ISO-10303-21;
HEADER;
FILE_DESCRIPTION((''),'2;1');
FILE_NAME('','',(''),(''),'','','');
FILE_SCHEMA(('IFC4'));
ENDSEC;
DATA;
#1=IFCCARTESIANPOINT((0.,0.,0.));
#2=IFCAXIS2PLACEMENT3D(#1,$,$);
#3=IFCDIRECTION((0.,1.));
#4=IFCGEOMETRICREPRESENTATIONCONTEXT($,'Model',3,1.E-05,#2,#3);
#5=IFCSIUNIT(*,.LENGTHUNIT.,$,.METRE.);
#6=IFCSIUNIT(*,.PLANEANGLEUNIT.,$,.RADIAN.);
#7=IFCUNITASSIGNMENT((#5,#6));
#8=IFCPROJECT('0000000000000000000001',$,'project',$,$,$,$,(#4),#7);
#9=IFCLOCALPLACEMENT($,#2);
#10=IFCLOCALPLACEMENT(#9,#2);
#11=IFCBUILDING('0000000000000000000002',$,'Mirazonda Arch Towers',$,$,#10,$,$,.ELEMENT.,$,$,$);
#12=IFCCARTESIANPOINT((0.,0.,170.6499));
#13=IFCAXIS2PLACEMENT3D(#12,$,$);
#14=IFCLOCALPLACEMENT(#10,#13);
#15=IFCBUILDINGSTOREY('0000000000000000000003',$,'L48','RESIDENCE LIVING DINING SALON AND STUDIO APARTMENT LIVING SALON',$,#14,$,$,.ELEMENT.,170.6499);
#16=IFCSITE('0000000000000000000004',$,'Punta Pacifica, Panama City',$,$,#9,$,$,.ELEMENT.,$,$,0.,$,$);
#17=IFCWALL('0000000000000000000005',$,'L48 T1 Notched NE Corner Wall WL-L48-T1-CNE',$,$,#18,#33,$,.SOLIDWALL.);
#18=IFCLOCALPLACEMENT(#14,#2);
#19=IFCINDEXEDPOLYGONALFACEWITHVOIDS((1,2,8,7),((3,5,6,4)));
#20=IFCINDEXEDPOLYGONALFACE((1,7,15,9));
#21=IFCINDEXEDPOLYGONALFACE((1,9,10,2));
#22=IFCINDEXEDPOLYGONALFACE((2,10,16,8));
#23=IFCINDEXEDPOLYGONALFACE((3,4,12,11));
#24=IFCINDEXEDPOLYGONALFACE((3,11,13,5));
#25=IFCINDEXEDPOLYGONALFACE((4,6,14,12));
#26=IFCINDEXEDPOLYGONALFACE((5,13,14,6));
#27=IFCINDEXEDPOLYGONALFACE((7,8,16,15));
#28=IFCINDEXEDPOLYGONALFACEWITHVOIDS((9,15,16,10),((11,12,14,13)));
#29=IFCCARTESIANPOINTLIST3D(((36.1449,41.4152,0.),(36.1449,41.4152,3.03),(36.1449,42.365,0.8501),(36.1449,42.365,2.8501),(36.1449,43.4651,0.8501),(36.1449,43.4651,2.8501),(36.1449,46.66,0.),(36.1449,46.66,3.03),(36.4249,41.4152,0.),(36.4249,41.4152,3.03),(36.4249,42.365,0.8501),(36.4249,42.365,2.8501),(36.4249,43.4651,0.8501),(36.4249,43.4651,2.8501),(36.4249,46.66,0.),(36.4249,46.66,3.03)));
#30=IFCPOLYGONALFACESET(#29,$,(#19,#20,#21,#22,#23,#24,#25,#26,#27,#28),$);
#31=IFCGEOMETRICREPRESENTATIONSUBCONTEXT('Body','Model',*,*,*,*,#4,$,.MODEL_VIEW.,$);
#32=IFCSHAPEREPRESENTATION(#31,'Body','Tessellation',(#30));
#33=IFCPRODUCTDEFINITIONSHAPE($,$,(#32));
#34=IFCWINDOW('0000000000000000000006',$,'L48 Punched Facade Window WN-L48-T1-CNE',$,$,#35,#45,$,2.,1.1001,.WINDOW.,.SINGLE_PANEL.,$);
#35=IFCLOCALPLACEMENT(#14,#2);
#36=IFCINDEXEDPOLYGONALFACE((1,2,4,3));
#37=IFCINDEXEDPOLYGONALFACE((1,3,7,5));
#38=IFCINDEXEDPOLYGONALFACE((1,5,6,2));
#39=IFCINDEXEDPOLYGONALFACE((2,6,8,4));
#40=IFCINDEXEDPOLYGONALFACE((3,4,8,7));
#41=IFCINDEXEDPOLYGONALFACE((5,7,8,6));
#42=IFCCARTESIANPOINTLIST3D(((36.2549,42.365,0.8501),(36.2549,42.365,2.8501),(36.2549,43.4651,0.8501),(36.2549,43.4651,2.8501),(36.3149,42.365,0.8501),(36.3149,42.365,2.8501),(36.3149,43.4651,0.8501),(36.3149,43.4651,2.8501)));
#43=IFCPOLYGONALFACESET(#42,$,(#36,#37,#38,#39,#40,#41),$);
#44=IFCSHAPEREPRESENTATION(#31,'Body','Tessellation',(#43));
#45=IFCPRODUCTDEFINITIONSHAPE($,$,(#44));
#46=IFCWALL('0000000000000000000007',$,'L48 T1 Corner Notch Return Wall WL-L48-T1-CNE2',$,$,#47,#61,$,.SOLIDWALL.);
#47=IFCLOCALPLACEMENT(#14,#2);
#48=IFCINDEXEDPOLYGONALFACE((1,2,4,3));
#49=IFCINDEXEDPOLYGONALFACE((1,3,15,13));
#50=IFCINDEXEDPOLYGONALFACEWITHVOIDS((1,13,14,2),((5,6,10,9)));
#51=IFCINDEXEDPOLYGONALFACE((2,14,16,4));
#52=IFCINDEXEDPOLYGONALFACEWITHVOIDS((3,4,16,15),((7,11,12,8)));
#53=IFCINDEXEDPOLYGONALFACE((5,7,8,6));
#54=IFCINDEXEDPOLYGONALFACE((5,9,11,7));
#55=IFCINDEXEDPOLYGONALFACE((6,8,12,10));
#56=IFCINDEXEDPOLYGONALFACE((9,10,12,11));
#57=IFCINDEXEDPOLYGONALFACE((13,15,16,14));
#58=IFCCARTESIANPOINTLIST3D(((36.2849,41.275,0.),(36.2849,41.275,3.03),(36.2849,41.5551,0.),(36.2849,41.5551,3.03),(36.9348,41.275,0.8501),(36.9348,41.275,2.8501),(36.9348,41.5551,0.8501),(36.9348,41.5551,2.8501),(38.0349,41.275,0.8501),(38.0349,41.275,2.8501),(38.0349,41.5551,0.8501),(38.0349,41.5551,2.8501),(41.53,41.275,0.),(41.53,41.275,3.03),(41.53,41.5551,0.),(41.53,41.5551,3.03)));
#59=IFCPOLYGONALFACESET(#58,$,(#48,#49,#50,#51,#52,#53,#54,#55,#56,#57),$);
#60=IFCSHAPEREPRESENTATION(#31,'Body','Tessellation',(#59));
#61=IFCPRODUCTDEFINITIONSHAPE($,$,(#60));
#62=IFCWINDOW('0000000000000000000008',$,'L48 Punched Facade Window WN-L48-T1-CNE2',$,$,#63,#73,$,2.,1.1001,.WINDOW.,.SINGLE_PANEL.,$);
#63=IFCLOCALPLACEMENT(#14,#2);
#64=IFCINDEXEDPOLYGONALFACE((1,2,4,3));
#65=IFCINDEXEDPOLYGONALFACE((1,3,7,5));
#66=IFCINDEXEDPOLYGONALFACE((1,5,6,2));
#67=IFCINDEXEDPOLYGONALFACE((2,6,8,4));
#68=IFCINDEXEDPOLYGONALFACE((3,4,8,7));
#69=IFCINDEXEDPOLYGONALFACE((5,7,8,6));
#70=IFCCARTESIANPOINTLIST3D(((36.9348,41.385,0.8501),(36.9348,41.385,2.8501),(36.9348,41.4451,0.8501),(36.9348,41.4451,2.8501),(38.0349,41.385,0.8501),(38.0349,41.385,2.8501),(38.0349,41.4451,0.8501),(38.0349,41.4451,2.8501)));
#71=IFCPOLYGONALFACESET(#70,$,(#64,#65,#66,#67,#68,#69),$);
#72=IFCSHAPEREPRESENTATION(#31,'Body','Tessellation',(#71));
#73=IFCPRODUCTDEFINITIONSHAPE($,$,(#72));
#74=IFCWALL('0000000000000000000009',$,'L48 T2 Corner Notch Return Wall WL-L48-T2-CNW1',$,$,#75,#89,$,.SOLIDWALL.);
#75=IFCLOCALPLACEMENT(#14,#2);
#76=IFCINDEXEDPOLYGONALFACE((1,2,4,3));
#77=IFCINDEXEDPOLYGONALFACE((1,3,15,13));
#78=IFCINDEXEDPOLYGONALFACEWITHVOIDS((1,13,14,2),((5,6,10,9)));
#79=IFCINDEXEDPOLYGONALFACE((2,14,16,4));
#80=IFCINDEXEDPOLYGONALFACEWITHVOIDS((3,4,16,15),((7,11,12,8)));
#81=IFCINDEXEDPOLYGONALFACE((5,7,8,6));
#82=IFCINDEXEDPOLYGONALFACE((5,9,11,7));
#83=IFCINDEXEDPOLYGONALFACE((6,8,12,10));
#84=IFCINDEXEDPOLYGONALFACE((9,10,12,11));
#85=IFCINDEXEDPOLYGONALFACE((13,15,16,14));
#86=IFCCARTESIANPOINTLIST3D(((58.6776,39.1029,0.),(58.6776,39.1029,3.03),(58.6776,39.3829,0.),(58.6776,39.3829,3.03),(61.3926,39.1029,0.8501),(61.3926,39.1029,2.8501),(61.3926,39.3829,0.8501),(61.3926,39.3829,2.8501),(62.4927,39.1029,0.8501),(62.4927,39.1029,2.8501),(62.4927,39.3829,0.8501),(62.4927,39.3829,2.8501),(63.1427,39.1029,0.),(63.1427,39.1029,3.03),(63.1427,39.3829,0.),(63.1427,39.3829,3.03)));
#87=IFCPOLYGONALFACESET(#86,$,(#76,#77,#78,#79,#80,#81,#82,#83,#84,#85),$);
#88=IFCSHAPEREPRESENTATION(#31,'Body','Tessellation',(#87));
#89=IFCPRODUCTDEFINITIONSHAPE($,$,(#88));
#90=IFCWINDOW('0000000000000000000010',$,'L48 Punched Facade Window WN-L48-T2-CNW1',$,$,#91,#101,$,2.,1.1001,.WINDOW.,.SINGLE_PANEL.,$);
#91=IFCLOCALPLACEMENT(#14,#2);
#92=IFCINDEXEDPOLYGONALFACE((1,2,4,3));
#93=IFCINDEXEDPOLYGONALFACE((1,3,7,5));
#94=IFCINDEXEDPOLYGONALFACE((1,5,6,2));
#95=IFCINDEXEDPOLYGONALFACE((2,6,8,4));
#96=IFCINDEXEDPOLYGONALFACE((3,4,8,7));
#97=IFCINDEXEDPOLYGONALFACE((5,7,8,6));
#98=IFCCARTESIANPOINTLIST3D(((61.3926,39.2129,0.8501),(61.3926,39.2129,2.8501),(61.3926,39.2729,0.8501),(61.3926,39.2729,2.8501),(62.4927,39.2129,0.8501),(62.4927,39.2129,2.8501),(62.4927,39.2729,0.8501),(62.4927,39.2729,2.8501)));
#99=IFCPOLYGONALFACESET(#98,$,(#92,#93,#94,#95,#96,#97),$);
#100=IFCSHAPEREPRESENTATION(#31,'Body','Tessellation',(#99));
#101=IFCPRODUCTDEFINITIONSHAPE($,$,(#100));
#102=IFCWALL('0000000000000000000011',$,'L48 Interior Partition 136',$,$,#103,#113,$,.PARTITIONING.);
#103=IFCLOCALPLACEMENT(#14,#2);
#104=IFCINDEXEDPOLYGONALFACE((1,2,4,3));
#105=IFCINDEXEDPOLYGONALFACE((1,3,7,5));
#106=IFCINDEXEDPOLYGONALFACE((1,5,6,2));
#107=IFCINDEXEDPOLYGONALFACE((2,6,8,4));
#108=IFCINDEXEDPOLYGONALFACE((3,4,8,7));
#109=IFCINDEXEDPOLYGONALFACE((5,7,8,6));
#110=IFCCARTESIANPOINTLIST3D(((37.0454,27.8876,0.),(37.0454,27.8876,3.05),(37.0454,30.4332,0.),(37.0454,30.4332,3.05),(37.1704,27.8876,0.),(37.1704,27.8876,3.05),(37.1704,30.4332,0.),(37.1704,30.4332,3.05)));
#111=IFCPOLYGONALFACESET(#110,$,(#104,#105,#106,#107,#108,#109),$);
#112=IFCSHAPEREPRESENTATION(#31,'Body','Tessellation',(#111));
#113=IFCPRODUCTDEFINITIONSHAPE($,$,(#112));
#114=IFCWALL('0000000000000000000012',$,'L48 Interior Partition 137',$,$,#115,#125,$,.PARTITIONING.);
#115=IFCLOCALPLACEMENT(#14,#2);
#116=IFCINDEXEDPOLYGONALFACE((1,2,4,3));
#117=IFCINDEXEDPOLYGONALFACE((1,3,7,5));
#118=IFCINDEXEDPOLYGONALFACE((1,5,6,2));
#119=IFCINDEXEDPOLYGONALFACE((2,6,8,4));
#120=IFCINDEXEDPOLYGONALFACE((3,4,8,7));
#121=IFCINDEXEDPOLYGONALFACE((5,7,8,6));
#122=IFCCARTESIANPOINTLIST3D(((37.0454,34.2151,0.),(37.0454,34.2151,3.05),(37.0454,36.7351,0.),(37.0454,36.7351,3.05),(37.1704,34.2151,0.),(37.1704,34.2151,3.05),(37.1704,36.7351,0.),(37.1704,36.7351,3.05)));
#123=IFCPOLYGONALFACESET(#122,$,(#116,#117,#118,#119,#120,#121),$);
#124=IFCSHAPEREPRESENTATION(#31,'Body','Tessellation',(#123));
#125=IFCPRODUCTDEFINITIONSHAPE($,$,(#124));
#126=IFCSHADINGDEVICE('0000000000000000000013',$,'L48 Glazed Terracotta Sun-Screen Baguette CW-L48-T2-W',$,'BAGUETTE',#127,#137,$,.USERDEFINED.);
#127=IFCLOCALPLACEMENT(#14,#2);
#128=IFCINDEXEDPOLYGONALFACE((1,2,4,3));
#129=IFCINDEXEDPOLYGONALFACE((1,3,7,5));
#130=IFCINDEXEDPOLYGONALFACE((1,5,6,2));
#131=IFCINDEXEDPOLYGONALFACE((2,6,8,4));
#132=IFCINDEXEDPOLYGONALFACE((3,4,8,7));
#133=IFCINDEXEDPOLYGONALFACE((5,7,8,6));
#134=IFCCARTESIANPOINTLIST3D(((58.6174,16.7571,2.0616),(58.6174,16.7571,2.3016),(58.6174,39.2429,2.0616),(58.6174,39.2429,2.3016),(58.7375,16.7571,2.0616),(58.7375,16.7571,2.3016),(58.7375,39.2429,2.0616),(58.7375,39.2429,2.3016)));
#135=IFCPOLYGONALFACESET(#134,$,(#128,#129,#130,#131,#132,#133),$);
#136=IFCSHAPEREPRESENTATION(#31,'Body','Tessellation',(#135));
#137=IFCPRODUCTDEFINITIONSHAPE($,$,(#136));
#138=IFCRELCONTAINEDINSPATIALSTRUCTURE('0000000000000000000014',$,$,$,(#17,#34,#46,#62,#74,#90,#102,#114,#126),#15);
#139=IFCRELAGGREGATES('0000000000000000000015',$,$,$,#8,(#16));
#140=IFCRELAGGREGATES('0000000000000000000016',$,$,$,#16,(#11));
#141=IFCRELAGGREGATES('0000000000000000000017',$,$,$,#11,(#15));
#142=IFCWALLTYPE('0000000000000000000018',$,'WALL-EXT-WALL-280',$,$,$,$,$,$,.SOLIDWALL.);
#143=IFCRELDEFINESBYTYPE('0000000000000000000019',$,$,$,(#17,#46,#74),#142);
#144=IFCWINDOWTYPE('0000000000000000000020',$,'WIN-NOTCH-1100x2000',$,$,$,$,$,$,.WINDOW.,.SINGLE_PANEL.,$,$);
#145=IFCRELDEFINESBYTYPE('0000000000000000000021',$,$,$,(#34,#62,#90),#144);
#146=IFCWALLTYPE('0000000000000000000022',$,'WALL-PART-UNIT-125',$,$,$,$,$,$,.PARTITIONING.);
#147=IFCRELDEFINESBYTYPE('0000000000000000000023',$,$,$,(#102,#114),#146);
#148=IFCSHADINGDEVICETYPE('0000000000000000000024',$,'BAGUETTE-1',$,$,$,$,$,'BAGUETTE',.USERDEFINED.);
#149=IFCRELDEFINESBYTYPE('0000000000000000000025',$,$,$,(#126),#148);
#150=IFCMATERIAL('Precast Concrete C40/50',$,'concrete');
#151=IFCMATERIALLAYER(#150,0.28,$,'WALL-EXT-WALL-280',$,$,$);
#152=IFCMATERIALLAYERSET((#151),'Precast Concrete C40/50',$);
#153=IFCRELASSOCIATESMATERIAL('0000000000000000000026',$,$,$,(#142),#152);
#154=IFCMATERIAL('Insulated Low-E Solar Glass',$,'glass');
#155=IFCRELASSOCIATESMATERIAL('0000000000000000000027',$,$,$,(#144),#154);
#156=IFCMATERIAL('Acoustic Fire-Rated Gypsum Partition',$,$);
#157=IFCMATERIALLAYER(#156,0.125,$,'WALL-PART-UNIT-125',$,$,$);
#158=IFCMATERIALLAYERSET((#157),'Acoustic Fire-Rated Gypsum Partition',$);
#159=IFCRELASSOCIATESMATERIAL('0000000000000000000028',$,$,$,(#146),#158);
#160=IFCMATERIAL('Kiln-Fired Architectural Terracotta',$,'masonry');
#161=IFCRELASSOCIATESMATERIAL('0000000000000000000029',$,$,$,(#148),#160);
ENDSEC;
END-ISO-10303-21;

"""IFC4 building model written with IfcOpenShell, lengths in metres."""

from ifc_helpers import new_model, si_unit, direction, frame, frame_2d, origin, origin_2d, place, context, subcontext, project, spatial, rectangle, extrude, material, layer, layer_set, material_profile, profile_set, type_object, element, fill, save


model = new_model("IFC4")

# Units and contexts
model_context = context("Model", 3, precision=1e-05, world=origin(), true_north=direction((0.0, 1.0)))
body_context = subcontext(model_context, "Body", "Model", "MODEL_VIEW")
ifc_project = project(units=[si_unit("LENGTHUNIT", "METRE"), si_unit("PLANEANGLEUNIT", "RADIAN")], contexts=[model_context])

# Site, building, storey
site_placement = place(None, origin())
site = spatial("IfcSite", under=ifc_project, at=site_placement, Name="Punta Pacifica, Panama City", CompositionType="ELEMENT", RefElevation=0.0)
building_placement = place(site_placement, origin())
building = spatial("IfcBuilding", under=site, at=building_placement, Name="Mirazonda Arch Towers", CompositionType="ELEMENT")
storey_placement = place(building_placement, frame((0.0, 0.0, 170.6499)))
storey = spatial("IfcBuildingStorey", under=building, at=storey_placement, Name="L48", Description="RESIDENCE LIVING DINING SALON AND STUDIO APARTMENT LIVING SALON", CompositionType="ELEMENT", Elevation=170.6499)

# Shared definitions
ifc_material_1 = material(Name="Insulated Low-E Solar Glass", Category="glass")

# Walls, openings, windows
ifc_material_2 = material(Name="Precast Concrete C40/50", Category="concrete")
ifc_layer_1 = layer(ifc_material_2, 0.28, Name="WALL-EXT-WALL-280")
ifc_layer_set_1 = layer_set([ifc_layer_1], Name="Precast Concrete C40/50")
wall_type_1 = type_object("IfcWallType", Name="WALL-EXT-WALL-280", PredefinedType="SOLIDWALL", material=ifc_layer_set_1)
wall_1_placement = place(storey_placement, frame((36.2849, 41.415, 0.0), z_axis=(0.0, 0.0, 1.0), x_axis=(0.0, 1.0, 0.0)))
wall_1 = element("IfcWall", 1, at=wall_1_placement, inside=storey, type_object=wall_type_1, Name="L48 T1 Notched NE Corner Wall WL-L48-T1-CNE", PredefinedType="SOLIDWALL", context=body_context, shape_type="SweptSolid", body=[
    extrude(rectangle(XDim=5.2449, YDim=0.28, at=frame_2d((2.6226, 0.0))), origin(), (0.0, 0.0, 1.0), 3.03),
])
opening_1_placement = place(wall_1_placement, frame((0.95, 0.0, 0.8501)))
opening_1 = element("IfcOpeningElement", 2, at=opening_1_placement, cuts=wall_1, PredefinedType="OPENING", context=body_context, shape_type="SweptSolid", body=[
    extrude(rectangle(XDim=1.1001, YDim=2.0, at=frame_2d((0.55, 1.0))), frame((0.0, 0.1499, 0.0), z_axis=(0.0, -1.0, 0.0), x_axis=(1.0, 0.0, 0.0)), (0.0, 0.0, 1.0), 0.3),
])
window_type = type_object("IfcWindowType", Name="WIN-NOTCH-1100x2000", PartitioningType="SINGLE_PANEL", PredefinedType="WINDOW", material=ifc_material_1)
window_1_placement = place(opening_1_placement, origin())
window_1 = element("IfcWindow", 3, at=window_1_placement, inside=storey, type_object=window_type, Name="L48 Punched Facade Window WN-L48-T1-CNE", OverallHeight=2.0, OverallWidth=1.1001, PartitioningType="SINGLE_PANEL", PredefinedType="WINDOW", context=body_context, shape_type="SweptSolid", body=[
    extrude(rectangle(XDim=1.1001, YDim=2.0, at=frame_2d((0.55, 1.0))), frame((0.0, 0.03, 0.0), z_axis=(0.0, -1.0, 0.0), x_axis=(1.0, 0.0, 0.0)), (0.0, 0.0, 1.0), 0.0601),
])
fill(opening_1, window_1)
wall_2_placement = place(storey_placement, frame((41.53, 41.415, 0.0), z_axis=(0.0, 0.0, 1.0), x_axis=(-1.0, 0.0, 0.0)))
wall_2 = element("IfcWall", 4, at=wall_2_placement, inside=storey, type_object=wall_type_1, Name="L48 T1 Corner Notch Return Wall WL-L48-T1-CNE2", PredefinedType="SOLIDWALL", context=body_context, shape_type="SweptSolid", body=[
    extrude(rectangle(XDim=5.2451, YDim=0.28, at=frame_2d((2.6226, 0.0))), origin(), (0.0, 0.0, 1.0), 3.03),
])
opening_2_placement = place(wall_2_placement, frame((3.4951, 0.0, 0.8501)))
opening_2 = element("IfcOpeningElement", 5, at=opening_2_placement, cuts=wall_2, PredefinedType="OPENING", context=body_context, shape_type="SweptSolid", body=[
    extrude(rectangle(XDim=1.1001, YDim=2.0, at=frame_2d((0.55, 1.0))), frame((0.0, 0.1499, 0.0), z_axis=(0.0, -1.0, 0.0), x_axis=(1.0, 0.0, 0.0)), (0.0, 0.0, 1.0), 0.3),
])
window_2_placement = place(opening_2_placement, origin())
window_2 = element("IfcWindow", 6, at=window_2_placement, inside=storey, type_object=window_type, Name="L48 Punched Facade Window WN-L48-T1-CNE2", OverallHeight=2.0, OverallWidth=1.1001, PartitioningType="SINGLE_PANEL", PredefinedType="WINDOW", context=body_context, shape_type="SweptSolid", body=[
    extrude(rectangle(XDim=1.1001, YDim=2.0, at=frame_2d((0.55, 1.0))), frame((0.0, 0.03, 0.0), z_axis=(0.0, -1.0, 0.0), x_axis=(1.0, 0.0, 0.0)), (0.0, 0.0, 1.0), 0.0601),
])
fill(opening_2, window_2)
wall_3_placement = place(storey_placement, frame((63.1426, 39.2429, 0.0), z_axis=(0.0, 0.0, 1.0), x_axis=(-1.0, 0.0, 0.0)))
wall_3 = element("IfcWall", 7, at=wall_3_placement, inside=storey, type_object=wall_type_1, Name="L48 T2 Corner Notch Return Wall WL-L48-T2-CNW1", PredefinedType="SOLIDWALL", context=body_context, shape_type="SweptSolid", body=[
    extrude(rectangle(XDim=4.4651, YDim=0.28, at=frame_2d((2.2324, 0.0))), origin(), (0.0, 0.0, 1.0), 3.03),
])
opening_3_placement = place(wall_3_placement, frame((0.6499, 0.0, 0.8501)))
opening_3 = element("IfcOpeningElement", 8, at=opening_3_placement, cuts=wall_3, PredefinedType="OPENING", context=body_context, shape_type="SweptSolid", body=[
    extrude(rectangle(XDim=1.1001, YDim=2.0, at=frame_2d((0.55, 1.0))), frame((0.0, 0.1499, 0.0), z_axis=(0.0, -1.0, 0.0), x_axis=(1.0, 0.0, 0.0)), (0.0, 0.0, 1.0), 0.3),
])
window_3_placement = place(opening_3_placement, origin())
window_3 = element("IfcWindow", 9, at=window_3_placement, inside=storey, type_object=window_type, Name="L48 Punched Facade Window WN-L48-T2-CNW1", OverallHeight=2.0, OverallWidth=1.1001, PartitioningType="SINGLE_PANEL", PredefinedType="WINDOW", context=body_context, shape_type="SweptSolid", body=[
    extrude(rectangle(XDim=1.1001, YDim=2.0, at=frame_2d((0.55, 1.0))), frame((0.0, 0.03, 0.0), z_axis=(0.0, -1.0, 0.0), x_axis=(1.0, 0.0, 0.0)), (0.0, 0.0, 1.0), 0.0601),
])
fill(opening_3, window_3)

# Walls
ifc_material_3 = material(Name="Acoustic Fire-Rated Gypsum Partition")
ifc_layer_2 = layer(ifc_material_3, 0.125, Name="WALL-PART-UNIT-125")
ifc_layer_set_2 = layer_set([ifc_layer_2], Name="Acoustic Fire-Rated Gypsum Partition")
wall_type_2 = type_object("IfcWallType", Name="WALL-PART-UNIT-125", PredefinedType="PARTITIONING", material=ifc_layer_set_2)
wall_4_placement = place(storey_placement, frame((37.1079, 27.8875, 0.0), z_axis=(0.0, 0.0, 1.0), x_axis=(0.0, 1.0, 0.0)))
element("IfcWall", 10, at=wall_4_placement, inside=storey, type_object=wall_type_2, Name="L48 Interior Partition 136", PredefinedType="PARTITIONING", context=body_context, shape_type="SweptSolid", body=[
    extrude(rectangle(XDim=2.5457, YDim=0.125, at=frame_2d((1.2729, 0.0))), origin(), (0.0, 0.0, 1.0), 3.05),
])
wall_5_placement = place(storey_placement, frame((37.1079, 34.2151, 0.0), z_axis=(0.0, 0.0, 1.0), x_axis=(0.0, 1.0, 0.0)))
element("IfcWall", 11, at=wall_5_placement, inside=storey, type_object=wall_type_2, Name="L48 Interior Partition 137", PredefinedType="PARTITIONING", context=body_context, shape_type="SweptSolid", body=[
    extrude(rectangle(XDim=2.52, YDim=0.125, at=frame_2d((1.26, 0.0))), origin(), (0.0, 0.0, 1.0), 3.05),
])

# Shading device
ifc_material_4 = material(Name="Kiln-Fired Architectural Terracotta", Category="masonry")
ifc_material_profile_1 = material_profile(ifc_material_4, rectangle(XDim=0.1201, YDim=0.24, at=origin_2d()), Name="TERRA-BAG-120x240")
ifc_profile_set_1 = profile_set([ifc_material_profile_1], Name="Kiln-Fired Architectural Terracotta")
shading_device_type = type_object("IfcShadingDeviceType", Name="BAGUETTE-1", ElementType="BAGUETTE", PredefinedType="USERDEFINED", material=ifc_profile_set_1)
shading_device_placement = place(storey_placement, frame((58.6775, 39.2429, 2.1816), z_axis=(0.0, -1.0, 0.0), x_axis=(1.0, 0.0, 0.0)))
element("IfcShadingDevice", 12, at=shading_device_placement, inside=storey, type_object=shading_device_type, Name="L48 Glazed Terracotta Sun-Screen Baguette CW-L48-T2-W", ObjectType="BAGUETTE", PredefinedType="USERDEFINED", context=body_context, shape_type="SweptSolid", body=[
    extrude(rectangle(XDim=0.1201, YDim=0.24, at=origin_2d()), origin(), (0.0, 0.0, 1.0), 22.4858),
])

save(model, "model.ifc")
